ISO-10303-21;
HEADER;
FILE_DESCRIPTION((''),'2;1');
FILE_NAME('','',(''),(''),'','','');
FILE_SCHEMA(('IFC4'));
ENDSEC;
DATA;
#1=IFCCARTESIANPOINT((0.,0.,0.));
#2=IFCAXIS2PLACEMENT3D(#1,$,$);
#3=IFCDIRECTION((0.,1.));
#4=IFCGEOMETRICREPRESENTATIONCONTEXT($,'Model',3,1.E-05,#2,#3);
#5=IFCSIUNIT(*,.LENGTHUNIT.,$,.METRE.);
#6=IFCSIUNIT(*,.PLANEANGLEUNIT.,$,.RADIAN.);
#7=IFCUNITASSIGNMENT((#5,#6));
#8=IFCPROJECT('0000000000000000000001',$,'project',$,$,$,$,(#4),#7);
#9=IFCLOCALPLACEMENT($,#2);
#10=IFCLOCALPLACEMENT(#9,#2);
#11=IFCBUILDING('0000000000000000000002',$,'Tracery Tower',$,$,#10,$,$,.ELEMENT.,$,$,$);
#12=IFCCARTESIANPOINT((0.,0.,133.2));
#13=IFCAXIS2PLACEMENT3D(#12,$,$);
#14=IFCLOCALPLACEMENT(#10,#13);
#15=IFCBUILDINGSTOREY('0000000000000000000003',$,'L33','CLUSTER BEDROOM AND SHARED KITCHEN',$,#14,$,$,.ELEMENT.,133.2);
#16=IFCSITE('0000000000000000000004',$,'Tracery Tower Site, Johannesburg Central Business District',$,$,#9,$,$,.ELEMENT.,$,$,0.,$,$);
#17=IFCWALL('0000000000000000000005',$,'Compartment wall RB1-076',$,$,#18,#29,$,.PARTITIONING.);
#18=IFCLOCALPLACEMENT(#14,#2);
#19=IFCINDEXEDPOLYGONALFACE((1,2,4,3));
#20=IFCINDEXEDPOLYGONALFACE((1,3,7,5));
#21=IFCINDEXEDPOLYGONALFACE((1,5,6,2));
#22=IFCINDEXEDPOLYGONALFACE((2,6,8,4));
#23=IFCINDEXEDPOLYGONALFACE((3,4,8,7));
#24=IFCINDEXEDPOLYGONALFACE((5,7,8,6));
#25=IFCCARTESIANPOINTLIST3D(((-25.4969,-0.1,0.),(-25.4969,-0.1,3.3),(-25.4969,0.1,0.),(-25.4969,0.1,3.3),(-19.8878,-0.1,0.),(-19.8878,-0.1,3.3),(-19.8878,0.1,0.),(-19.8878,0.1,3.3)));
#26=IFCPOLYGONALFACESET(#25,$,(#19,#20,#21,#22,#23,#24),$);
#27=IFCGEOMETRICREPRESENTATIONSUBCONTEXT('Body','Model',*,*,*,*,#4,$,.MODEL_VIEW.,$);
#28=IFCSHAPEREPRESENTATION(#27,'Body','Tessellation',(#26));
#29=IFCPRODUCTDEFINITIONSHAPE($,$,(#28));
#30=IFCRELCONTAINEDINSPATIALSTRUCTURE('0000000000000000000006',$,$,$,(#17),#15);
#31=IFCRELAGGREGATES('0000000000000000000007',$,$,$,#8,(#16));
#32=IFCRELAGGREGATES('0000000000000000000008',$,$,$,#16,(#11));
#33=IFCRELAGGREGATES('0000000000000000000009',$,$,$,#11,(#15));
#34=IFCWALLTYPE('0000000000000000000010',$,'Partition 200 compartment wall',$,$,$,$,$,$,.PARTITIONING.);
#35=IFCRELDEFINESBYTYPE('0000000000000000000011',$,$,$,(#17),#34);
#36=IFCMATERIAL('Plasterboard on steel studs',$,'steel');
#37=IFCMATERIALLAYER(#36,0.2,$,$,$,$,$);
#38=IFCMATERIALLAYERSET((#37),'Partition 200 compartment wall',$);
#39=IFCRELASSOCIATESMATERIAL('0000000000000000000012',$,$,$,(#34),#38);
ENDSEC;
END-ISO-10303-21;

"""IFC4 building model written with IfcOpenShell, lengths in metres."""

from ifc_helpers import new_model, si_unit, direction, frame, frame_2d, origin, place, context, subcontext, project, spatial, rectangle, extrude, material, layer, layer_set, type_object, element, save


model = new_model("IFC4")

# Units and contexts
model_context = context("Model", 3, precision=1e-05, world=origin(), true_north=direction((0.0, 1.0)))
body_context = subcontext(model_context, "Body", "Model", "MODEL_VIEW")
ifc_project = project(units=[si_unit("LENGTHUNIT", "METRE"), si_unit("PLANEANGLEUNIT", "RADIAN")], contexts=[model_context])

# Site, building, storey
site_placement = place(None, origin())
site = spatial("IfcSite", under=ifc_project, at=site_placement, Name="Tracery Tower Site, Johannesburg Central Business District", CompositionType="ELEMENT", RefElevation=0.0)
building_placement = place(site_placement, origin())
building = spatial("IfcBuilding", under=site, at=building_placement, Name="Tracery Tower", CompositionType="ELEMENT")
storey_placement = place(building_placement, frame((0.0, 0.0, 133.2)))
storey = spatial("IfcBuildingStorey", under=building, at=storey_placement, Name="L33", Description="CLUSTER BEDROOM AND SHARED KITCHEN", CompositionType="ELEMENT", Elevation=133.2)

# Wall
ifc_material_1 = material(Name="Plasterboard on steel studs", Category="steel")
ifc_layer_1 = layer(ifc_material_1, 0.2)
ifc_layer_set_1 = layer_set([ifc_layer_1], Name="Partition 200 compartment wall")
wall_type_1 = type_object("IfcWallType", Name="Partition 200 compartment wall", PredefinedType="PARTITIONING", material=ifc_layer_set_1)
wall_1_placement = place(storey_placement, frame((-25.4971, 0.0, 0.0), z_axis=(0.0, 0.0, 1.0), x_axis=(1.0, 0.0, 0.0)))
element("IfcWall", 1, at=wall_1_placement, inside=storey, type_object=wall_type_1, Name="Compartment wall RB1-076", PredefinedType="PARTITIONING", context=body_context, shape_type="SweptSolid", body=[
    extrude(rectangle(XDim=5.6091, YDim=0.2, at=frame_2d((2.8047, 0.0))), origin(), (0.0, 0.0, 1.0), 3.3),
])

save(model, "model.ifc")
